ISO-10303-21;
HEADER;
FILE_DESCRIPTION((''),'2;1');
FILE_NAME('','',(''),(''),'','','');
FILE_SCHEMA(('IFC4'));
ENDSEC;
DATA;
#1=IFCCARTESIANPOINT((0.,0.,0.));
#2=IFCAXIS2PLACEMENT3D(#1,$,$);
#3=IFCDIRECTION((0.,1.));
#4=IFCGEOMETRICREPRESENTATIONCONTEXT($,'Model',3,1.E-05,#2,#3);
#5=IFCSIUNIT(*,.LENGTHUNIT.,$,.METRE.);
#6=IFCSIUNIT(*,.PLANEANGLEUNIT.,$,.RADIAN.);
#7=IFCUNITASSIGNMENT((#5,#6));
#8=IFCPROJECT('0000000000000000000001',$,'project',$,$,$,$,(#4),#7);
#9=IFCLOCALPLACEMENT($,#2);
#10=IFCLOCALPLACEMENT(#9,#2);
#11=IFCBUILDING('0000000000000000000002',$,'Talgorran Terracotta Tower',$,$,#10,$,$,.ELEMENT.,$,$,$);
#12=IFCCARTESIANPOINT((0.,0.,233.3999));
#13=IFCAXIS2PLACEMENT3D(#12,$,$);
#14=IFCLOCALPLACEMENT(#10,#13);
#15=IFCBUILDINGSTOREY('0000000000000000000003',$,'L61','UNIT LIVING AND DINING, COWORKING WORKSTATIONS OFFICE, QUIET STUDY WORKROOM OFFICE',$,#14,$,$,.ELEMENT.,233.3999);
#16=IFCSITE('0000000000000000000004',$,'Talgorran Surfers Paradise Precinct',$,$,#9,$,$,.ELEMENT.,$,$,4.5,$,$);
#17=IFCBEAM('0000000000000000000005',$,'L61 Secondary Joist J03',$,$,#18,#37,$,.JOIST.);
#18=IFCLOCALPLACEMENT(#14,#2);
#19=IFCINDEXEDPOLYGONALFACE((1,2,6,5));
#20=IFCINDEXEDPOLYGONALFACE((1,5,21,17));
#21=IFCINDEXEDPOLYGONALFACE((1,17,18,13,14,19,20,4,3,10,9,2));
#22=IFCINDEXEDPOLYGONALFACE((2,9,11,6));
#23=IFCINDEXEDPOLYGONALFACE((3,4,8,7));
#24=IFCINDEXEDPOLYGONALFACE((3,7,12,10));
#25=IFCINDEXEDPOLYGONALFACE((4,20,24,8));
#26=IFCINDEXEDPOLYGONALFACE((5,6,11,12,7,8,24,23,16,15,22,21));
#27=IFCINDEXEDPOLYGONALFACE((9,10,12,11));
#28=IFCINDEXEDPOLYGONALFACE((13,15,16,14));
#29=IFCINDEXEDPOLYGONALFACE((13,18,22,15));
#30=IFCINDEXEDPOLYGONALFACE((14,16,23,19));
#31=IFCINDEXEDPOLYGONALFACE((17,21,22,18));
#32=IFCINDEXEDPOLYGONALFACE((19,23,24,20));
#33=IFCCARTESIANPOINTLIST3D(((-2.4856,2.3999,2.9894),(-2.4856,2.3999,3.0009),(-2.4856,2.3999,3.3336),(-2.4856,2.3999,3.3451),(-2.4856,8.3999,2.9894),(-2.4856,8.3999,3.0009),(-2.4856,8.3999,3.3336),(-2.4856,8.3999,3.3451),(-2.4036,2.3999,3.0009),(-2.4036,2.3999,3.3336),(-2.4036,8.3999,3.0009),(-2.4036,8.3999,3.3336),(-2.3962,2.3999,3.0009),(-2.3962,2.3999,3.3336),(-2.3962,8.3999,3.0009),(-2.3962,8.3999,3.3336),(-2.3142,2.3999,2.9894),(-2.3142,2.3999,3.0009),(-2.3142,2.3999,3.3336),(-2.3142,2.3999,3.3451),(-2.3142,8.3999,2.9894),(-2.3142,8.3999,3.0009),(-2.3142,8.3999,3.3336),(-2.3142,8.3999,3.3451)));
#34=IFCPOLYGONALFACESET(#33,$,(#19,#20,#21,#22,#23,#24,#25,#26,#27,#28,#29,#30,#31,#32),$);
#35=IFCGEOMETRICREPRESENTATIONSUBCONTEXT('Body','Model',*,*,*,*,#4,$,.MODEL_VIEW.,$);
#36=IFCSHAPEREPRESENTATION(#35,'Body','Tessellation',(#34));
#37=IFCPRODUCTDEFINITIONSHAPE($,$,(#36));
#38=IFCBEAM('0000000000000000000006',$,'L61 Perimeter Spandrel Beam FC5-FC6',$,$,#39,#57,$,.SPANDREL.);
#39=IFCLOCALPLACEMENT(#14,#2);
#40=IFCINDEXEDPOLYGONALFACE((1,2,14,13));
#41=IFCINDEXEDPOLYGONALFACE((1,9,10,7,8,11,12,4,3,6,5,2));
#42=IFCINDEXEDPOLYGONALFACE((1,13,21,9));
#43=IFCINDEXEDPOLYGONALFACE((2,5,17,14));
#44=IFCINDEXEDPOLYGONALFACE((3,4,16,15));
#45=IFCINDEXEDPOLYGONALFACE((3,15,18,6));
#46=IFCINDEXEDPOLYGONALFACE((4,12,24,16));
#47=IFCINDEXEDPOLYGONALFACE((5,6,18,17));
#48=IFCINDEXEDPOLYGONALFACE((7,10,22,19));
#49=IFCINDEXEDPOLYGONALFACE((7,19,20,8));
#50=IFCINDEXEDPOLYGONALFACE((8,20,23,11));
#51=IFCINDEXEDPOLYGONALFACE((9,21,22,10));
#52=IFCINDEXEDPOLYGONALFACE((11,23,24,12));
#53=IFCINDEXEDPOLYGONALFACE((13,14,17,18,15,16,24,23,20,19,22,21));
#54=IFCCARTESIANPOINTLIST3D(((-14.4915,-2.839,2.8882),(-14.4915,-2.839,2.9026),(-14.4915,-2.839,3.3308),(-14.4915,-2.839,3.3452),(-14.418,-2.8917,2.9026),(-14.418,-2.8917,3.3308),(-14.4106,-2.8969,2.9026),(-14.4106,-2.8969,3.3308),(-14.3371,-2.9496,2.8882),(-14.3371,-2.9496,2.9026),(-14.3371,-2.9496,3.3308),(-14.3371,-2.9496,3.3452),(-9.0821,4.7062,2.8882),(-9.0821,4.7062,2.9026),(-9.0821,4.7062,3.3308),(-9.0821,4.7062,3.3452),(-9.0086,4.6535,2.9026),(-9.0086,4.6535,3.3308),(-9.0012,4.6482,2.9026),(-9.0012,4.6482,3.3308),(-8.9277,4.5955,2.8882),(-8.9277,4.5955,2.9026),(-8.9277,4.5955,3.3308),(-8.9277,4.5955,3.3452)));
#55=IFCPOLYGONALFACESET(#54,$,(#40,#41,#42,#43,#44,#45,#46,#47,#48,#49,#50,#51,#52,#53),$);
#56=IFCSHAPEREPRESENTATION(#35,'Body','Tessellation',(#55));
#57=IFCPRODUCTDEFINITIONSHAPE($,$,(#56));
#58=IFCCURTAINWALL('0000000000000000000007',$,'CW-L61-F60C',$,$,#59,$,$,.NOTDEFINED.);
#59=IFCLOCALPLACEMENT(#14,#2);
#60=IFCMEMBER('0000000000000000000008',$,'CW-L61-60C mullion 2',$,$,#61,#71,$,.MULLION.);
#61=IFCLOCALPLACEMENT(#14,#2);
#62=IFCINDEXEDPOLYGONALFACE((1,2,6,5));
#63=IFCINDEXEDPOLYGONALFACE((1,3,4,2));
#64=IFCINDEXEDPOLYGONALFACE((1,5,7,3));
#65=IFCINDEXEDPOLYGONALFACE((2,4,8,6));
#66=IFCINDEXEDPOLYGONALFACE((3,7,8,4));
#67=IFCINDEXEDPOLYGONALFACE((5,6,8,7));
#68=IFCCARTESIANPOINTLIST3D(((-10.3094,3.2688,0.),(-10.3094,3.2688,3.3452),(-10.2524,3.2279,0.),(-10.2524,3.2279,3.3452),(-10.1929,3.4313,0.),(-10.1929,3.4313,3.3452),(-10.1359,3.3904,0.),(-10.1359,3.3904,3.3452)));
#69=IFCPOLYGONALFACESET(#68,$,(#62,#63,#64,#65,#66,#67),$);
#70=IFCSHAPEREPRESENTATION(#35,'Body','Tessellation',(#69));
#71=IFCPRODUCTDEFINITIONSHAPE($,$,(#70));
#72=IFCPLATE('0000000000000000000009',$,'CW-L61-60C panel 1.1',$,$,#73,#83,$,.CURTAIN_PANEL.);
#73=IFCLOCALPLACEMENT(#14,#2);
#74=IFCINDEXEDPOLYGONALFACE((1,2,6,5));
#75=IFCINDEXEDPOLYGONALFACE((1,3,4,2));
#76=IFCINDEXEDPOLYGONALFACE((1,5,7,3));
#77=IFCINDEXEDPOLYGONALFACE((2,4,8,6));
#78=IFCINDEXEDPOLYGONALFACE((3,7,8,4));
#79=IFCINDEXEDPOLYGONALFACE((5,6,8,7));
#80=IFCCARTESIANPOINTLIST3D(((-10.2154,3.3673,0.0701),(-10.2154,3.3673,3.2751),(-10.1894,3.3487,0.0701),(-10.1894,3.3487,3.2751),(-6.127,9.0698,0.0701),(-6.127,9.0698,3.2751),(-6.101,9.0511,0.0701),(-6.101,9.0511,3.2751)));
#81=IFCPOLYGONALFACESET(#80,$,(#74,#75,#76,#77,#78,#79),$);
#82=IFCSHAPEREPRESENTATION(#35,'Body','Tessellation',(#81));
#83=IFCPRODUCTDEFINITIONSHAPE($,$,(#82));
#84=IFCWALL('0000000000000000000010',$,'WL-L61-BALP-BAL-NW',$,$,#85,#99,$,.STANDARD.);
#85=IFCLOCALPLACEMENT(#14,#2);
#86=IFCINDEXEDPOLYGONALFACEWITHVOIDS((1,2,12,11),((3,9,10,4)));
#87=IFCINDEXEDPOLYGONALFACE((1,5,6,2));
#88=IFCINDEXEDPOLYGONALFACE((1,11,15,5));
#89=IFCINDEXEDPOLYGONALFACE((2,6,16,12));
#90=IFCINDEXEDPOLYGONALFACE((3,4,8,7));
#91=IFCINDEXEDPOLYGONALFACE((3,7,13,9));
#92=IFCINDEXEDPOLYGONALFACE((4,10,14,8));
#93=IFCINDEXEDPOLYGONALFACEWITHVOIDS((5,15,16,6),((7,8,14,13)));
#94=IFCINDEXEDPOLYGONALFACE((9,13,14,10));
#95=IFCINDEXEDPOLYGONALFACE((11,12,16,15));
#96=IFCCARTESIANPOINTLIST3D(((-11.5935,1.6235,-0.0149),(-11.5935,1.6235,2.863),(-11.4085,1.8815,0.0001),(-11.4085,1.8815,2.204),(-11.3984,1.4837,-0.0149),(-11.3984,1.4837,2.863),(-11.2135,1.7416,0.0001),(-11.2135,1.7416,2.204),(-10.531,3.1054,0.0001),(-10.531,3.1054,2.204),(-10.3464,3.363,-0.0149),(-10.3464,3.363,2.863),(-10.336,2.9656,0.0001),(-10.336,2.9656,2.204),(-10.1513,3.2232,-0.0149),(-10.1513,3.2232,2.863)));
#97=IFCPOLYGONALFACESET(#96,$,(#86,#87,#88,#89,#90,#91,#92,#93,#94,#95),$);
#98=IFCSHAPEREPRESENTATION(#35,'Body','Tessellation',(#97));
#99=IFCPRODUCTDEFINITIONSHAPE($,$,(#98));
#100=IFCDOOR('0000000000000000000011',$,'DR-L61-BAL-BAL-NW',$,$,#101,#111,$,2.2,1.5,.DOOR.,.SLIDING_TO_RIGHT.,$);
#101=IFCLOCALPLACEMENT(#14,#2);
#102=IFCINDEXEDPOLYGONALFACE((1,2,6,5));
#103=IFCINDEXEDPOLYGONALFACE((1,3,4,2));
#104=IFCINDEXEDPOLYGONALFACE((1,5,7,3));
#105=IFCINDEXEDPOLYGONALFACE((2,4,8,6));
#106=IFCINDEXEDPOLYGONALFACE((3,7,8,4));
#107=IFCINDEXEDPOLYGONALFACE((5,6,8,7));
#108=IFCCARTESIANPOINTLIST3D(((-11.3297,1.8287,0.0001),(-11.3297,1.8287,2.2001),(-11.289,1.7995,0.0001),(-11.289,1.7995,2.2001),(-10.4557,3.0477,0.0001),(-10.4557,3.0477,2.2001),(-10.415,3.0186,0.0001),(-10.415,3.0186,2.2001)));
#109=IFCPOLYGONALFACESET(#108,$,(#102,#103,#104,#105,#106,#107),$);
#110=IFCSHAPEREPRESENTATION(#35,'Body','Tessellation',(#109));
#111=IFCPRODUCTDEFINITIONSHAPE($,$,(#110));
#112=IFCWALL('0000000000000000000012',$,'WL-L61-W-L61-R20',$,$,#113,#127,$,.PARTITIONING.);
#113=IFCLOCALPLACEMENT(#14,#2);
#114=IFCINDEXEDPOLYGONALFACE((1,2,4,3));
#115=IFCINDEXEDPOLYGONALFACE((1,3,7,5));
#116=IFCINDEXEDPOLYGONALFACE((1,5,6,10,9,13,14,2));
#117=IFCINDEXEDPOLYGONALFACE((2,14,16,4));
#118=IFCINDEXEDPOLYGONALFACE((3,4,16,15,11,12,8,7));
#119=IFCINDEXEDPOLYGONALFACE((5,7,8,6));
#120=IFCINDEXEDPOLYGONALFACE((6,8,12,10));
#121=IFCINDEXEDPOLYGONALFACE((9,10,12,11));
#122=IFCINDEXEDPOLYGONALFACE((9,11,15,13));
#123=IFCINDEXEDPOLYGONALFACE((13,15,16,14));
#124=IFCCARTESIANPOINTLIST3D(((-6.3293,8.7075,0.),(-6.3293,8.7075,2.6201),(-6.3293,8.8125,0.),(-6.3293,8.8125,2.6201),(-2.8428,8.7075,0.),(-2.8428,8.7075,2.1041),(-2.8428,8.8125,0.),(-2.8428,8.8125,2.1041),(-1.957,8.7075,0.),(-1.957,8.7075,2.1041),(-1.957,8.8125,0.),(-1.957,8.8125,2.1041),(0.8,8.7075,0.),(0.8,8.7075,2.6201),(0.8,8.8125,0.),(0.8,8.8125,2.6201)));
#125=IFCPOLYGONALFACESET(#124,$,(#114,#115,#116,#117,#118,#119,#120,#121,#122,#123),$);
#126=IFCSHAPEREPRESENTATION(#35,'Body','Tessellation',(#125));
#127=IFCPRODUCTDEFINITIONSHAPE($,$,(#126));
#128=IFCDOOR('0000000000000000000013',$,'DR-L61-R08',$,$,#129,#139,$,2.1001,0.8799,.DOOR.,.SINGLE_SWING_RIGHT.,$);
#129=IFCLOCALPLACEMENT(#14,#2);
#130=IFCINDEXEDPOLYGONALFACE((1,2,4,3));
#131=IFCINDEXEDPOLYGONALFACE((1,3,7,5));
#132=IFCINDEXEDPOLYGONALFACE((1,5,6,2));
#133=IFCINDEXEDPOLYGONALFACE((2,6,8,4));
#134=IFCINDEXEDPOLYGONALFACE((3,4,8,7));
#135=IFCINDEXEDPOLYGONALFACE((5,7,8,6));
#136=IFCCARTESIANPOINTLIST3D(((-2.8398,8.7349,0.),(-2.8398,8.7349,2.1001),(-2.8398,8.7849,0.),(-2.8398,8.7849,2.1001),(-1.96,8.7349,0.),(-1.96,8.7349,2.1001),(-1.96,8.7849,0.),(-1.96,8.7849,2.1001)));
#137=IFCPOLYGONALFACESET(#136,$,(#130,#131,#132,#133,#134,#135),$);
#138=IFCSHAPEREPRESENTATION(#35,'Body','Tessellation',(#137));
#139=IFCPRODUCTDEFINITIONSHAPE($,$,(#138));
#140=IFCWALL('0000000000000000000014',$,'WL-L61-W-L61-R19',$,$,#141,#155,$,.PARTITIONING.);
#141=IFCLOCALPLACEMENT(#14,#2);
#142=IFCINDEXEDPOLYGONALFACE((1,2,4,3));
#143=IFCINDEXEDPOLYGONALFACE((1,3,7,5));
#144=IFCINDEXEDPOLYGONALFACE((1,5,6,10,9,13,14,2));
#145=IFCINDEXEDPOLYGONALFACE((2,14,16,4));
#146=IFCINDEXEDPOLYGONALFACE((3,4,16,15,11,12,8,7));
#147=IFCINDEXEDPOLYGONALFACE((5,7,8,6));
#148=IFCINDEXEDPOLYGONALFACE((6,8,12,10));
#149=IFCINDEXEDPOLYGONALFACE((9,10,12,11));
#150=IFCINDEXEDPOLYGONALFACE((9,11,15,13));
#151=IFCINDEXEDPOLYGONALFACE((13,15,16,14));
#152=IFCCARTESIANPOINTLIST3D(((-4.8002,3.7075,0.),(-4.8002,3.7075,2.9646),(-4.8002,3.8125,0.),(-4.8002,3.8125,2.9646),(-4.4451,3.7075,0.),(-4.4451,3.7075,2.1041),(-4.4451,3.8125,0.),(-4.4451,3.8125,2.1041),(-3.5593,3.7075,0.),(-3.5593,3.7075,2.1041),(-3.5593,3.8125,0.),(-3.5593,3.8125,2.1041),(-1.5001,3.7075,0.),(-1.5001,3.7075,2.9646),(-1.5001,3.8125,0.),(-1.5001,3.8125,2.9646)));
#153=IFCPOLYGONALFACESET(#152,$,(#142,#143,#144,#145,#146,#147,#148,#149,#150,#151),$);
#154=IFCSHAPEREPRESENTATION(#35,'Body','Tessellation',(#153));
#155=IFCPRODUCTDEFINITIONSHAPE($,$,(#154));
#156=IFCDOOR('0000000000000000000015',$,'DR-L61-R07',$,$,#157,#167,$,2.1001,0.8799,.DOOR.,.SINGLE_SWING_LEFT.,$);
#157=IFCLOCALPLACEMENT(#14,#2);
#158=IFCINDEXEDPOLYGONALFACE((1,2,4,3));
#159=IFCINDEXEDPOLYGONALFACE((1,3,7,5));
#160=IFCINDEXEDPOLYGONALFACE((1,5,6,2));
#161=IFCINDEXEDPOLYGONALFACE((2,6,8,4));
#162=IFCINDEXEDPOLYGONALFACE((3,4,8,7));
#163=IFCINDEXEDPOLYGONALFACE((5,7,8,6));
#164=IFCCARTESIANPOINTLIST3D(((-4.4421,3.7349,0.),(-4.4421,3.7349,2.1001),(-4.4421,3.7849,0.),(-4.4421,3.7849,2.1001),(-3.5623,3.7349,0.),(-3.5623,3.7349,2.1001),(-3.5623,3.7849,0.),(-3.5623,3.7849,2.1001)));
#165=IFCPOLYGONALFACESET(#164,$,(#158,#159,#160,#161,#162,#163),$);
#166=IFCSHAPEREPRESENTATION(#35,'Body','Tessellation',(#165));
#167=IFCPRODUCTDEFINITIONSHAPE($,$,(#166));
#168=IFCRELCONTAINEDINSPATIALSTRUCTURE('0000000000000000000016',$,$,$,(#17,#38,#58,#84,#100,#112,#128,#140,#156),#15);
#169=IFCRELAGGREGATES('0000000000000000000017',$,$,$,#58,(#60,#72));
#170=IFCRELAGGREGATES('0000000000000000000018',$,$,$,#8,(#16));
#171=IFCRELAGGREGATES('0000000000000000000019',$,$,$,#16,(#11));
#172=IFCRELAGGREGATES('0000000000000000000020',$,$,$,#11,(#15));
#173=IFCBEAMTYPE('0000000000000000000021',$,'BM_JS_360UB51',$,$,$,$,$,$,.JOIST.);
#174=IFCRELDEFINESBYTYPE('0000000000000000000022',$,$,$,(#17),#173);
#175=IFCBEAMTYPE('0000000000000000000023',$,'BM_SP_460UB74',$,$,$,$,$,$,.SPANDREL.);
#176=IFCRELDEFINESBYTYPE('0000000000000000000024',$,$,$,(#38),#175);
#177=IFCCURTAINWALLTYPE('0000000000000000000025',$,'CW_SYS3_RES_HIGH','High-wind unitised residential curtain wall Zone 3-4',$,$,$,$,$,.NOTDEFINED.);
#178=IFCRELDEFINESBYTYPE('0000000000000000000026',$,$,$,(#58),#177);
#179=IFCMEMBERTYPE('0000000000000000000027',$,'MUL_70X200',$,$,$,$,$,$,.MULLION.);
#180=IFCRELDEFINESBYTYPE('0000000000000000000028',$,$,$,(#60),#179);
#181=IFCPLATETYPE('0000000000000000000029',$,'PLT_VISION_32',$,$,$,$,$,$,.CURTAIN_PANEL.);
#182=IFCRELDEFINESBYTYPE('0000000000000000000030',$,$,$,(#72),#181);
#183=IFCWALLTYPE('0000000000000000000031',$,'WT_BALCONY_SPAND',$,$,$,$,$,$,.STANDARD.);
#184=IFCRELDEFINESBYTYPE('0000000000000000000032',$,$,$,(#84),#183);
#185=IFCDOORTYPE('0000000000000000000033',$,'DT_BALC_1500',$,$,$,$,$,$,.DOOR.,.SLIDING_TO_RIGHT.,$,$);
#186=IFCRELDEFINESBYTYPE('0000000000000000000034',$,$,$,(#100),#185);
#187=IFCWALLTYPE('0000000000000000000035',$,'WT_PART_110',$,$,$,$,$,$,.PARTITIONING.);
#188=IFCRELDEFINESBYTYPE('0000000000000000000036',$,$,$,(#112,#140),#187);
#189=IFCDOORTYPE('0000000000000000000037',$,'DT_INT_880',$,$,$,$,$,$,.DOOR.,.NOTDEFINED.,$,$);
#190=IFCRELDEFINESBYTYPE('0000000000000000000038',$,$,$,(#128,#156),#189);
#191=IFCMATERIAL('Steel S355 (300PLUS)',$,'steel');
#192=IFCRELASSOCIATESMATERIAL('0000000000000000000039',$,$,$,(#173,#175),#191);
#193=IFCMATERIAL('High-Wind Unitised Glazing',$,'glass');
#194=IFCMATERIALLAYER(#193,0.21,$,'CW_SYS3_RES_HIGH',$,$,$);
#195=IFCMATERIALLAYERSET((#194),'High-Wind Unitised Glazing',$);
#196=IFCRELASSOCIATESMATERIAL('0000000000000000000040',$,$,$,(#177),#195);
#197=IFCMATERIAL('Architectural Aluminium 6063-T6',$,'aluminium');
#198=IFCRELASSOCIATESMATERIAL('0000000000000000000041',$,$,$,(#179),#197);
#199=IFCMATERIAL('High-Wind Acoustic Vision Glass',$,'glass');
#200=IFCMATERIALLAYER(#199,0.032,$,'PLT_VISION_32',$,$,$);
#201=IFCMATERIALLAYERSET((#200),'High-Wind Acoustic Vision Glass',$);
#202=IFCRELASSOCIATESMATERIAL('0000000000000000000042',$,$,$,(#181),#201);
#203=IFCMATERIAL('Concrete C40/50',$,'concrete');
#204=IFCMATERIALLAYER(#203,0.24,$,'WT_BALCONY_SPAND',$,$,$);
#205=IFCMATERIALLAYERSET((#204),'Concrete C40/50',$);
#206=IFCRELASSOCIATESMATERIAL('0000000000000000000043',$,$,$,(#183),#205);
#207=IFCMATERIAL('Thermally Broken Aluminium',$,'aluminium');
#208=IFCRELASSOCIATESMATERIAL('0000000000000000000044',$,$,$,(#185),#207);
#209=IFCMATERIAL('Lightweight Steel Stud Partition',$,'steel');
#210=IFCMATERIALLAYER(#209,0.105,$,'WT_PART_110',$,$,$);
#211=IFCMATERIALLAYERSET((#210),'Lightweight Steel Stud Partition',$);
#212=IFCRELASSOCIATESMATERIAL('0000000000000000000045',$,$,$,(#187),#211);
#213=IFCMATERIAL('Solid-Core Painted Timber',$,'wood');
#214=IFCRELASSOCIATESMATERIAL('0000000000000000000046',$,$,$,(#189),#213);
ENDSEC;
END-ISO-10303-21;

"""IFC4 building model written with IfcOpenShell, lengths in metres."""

from ifc_helpers import new_model, si_unit, direction, frame, frame_2d, origin, origin_2d, place, context, subcontext, project, spatial, rectangle, i_section, extrude, source, transform, mapped, material, layer, layer_set, material_profile, profile_set, type_object, type_shapes, element, fill, aggregate, save


model = new_model("IFC4")

# Units and contexts
model_context = context("Model", 3, precision=1e-05, world=origin(), true_north=direction((0.0, 1.0)))
body_context = subcontext(model_context, "Body", "Model", "MODEL_VIEW")
ifc_project = project(units=[si_unit("LENGTHUNIT", "METRE"), si_unit("PLANEANGLEUNIT", "RADIAN")], contexts=[model_context])

# Site, building, storey
site_placement = place(None, origin())
site = spatial("IfcSite", under=ifc_project, at=site_placement, Name="Talgorran Surfers Paradise Precinct", CompositionType="ELEMENT", RefElevation=4.5)
building_placement = place(site_placement, origin())
building = spatial("IfcBuilding", under=site, at=building_placement, Name="Talgorran Terracotta Tower", CompositionType="ELEMENT")
storey_placement = place(building_placement, frame((0.0, 0.0, 233.3999)))
storey = spatial("IfcBuildingStorey", under=building, at=storey_placement, Name="L61", Description="UNIT LIVING AND DINING, COWORKING WORKSTATIONS OFFICE, QUIET STUDY WORKROOM OFFICE", CompositionType="ELEMENT", Elevation=233.3999)

# Shared definitions
ifc_material_1 = material(Name="Steel S355 (300PLUS)", Category="steel")

# Beams
ifc_material_profile_1 = material_profile(ifc_material_1, i_section(OverallWidth=0.1714, OverallDepth=0.3557, WebThickness=0.0073, FlangeThickness=0.0115, at=origin_2d()), Name="360UB50.7")
ifc_profile_set_1 = profile_set([ifc_material_profile_1], Name="Steel S355 (300PLUS)")
beam_type_1 = type_object("IfcBeamType", Name="BM_JS_360UB51", PredefinedType="JOIST", material=ifc_profile_set_1)
beam_1_placement = place(storey_placement, frame((-2.3999, 2.3999, 3.1672), z_axis=(0.0, 1.0, 0.0), x_axis=(-1.0, 0.0, 0.0)))
element("IfcBeam", 1, at=beam_1_placement, inside=storey, type_object=beam_type_1, Name="L61 Secondary Joist J03", PredefinedType="JOIST", context=body_context, shape_type="SweptSolid", body=[
    extrude(i_section(OverallWidth=0.1714, OverallDepth=0.3557, WebThickness=0.0073, FlangeThickness=0.0115, at=origin_2d()), origin(), (0.0, 0.0, 1.0), 6.0),
])
ifc_material_profile_2 = material_profile(ifc_material_1, i_section(OverallWidth=0.1899, OverallDepth=0.457, WebThickness=0.009, FlangeThickness=0.0144, at=origin_2d()), Name="460UB74.6")
ifc_profile_set_2 = profile_set([ifc_material_profile_2], Name="Steel S355 (300PLUS)")
beam_type_2 = type_object("IfcBeamType", Name="BM_SP_460UB74", PredefinedType="SPANDREL", material=ifc_profile_set_2)
beam_2_placement = place(storey_placement, frame((-9.0049, 4.6509, 3.1167), z_axis=(-0.582665, -0.812712, 0.0), x_axis=(0.812712, -0.582665, 0.0)))
element("IfcBeam", 2, at=beam_2_placement, inside=storey, type_object=beam_type_2, Name="L61 Perimeter Spandrel Beam FC5-FC6", PredefinedType="SPANDREL", context=body_context, shape_type="SweptSolid", body=[
    extrude(i_section(OverallWidth=0.1899, OverallDepth=0.457, WebThickness=0.009, FlangeThickness=0.0144, at=origin_2d()), origin(), (0.0, 0.0, 1.0), 9.2839),
])

# Curtain wall, member, plate
ifc_material_2 = material(Name="High-Wind Unitised Glazing", Category="glass")
ifc_layer_1 = layer(ifc_material_2, 0.21, Name="CW_SYS3_RES_HIGH")
ifc_layer_set_1 = layer_set([ifc_layer_1], Name="High-Wind Unitised Glazing")
curtain_wall_type = type_object("IfcCurtainWallType", Name="CW_SYS3_RES_HIGH", Description="High-wind unitised residential curtain wall Zone 3-4", PredefinedType="NOTDEFINED", material=ifc_layer_set_1)
curtain_wall_placement = place(storey_placement, origin())
curtain_wall = element("IfcCurtainWall", 3, at=curtain_wall_placement, inside=storey, type_object=curtain_wall_type, Name="CW-L61-F60C", PredefinedType="NOTDEFINED")
ifc_material_3 = material(Name="Architectural Aluminium 6063-T6", Category="aluminium")
ifc_material_profile_3 = material_profile(ifc_material_3, rectangle(XDim=0.0701, YDim=0.2, at=origin_2d()), Name="CWM70X200")
ifc_profile_set_3 = profile_set([ifc_material_profile_3], Name="Architectural Aluminium 6063-T6")
member_type = type_object("IfcMemberType", Name="MUL_70X200", PredefinedType="MULLION", material=ifc_profile_set_3)
member_placement = place(storey_placement, frame((-10.2227, 3.3296, 0.0), z_axis=(0.0, 0.0, 1.0), x_axis=(0.81271, -0.582669, 0.0)))
member = element("IfcMember", 4, at=member_placement, type_object=member_type, Name="CW-L61-60C mullion 2", PredefinedType="MULLION", context=body_context, shape_type="SweptSolid", body=[
    extrude(rectangle(XDim=0.0701, YDim=0.2, at=origin_2d()), origin(), (0.0, 0.0, 1.0), 3.3452),
])
ifc_material_4 = material(Name="High-Wind Acoustic Vision Glass", Category="glass")
ifc_layer_2 = layer(ifc_material_4, 0.032, Name="PLT_VISION_32")
ifc_layer_set_2 = layer_set([ifc_layer_2], Name="High-Wind Acoustic Vision Glass")
plate_type = type_object("IfcPlateType", Name="PLT_VISION_32", PredefinedType="CURTAIN_PANEL", material=ifc_layer_set_2)
shared_shape = source(origin(), body_context, "Body", "SweptSolid", [
    extrude(rectangle(XDim=7.0166, YDim=0.032, at=origin_2d()), origin(), (0.0, 0.0, 1.0), 3.2051),
])
type_shapes(plate_type, [shared_shape])
plate_placement = place(storey_placement, frame((-8.1582, 6.2092, 0.0701), z_axis=(0.0, 0.0, 1.0), x_axis=(-0.582669, -0.81271, 0.0)))
plate = element("IfcPlate", 5, at=plate_placement, type_object=plate_type, Name="CW-L61-60C panel 1.1", PredefinedType="CURTAIN_PANEL", context=body_context, shape_type="MappedRepresentation", body=[
    mapped(shared_shape, transform((0.0, 0.0, 0.0), scale=1.0)),
])
aggregate(curtain_wall, [member, plate])

# Walls, openings, doors
ifc_material_5 = material(Name="Concrete C40/50", Category="concrete")
ifc_layer_3 = layer(ifc_material_5, 0.24, Name="WT_BALCONY_SPAND")
ifc_layer_set_3 = layer_set([ifc_layer_3], Name="Concrete C40/50")
wall_type_1 = type_object("IfcWallType", Name="WT_BALCONY_SPAND", PredefinedType="STANDARD", material=ifc_layer_set_3)
wall_1_placement = place(storey_placement, frame((-10.2488, 3.2932, -0.0149), z_axis=(0.0, 0.0, 1.0), x_axis=(-0.582651, -0.812723, 0.0)))
wall_1 = element("IfcWall", 6, at=wall_1_placement, inside=storey, type_object=wall_type_1, Name="WL-L61-BALP-BAL-NW", PredefinedType="STANDARD", context=body_context, shape_type="SweptSolid", body=[
    extrude(rectangle(XDim=2.1404, YDim=0.24, at=frame_2d((1.0703, 0.0))), origin(), (0.0, 0.0, 1.0), 2.8779),
])
opening_1_placement = place(wall_1_placement, frame((0.3201, 0.0, 0.0149)))
opening_1 = element("IfcOpeningElement", 7, at=opening_1_placement, cuts=wall_1, PredefinedType="OPENING", context=body_context, shape_type="SweptSolid", body=[
    extrude(rectangle(XDim=1.506, YDim=2.204, at=frame_2d((0.75, 1.1021))), frame((0.0, 0.1299, 0.0), z_axis=(0.0, -1.0, 0.0), x_axis=(1.0, 0.0, 0.0)), (0.0, 0.0, 1.0), 0.26),
])
ifc_material_6 = material(Name="Thermally Broken Aluminium", Category="aluminium")
door_type_1 = type_object("IfcDoorType", Name="DT_BALC_1500", OperationType="SLIDING_TO_RIGHT", PredefinedType="DOOR", material=ifc_material_6)
door_1_placement = place(opening_1_placement, origin())
door_1 = element("IfcDoor", 8, at=door_1_placement, inside=storey, type_object=door_type_1, Name="DR-L61-BAL-BAL-NW", OperationType="SLIDING_TO_RIGHT", OverallHeight=2.2, OverallWidth=1.5, PredefinedType="DOOR", context=body_context, shape_type="SweptSolid", body=[
    extrude(rectangle(XDim=1.5, YDim=2.2, at=frame_2d((0.75, 1.1001))), frame((0.0, 0.0249, 0.0), z_axis=(0.0, -1.0, 0.0), x_axis=(1.0, 0.0, 0.0)), (0.0, 0.0, 1.0), 0.05),
])
fill(opening_1, door_1)
ifc_material_7 = material(Name="Lightweight Steel Stud Partition", Category="steel")
ifc_layer_4 = layer(ifc_material_7, 0.105, Name="WT_PART_110")
ifc_layer_set_4 = layer_set([ifc_layer_4], Name="Lightweight Steel Stud Partition")
wall_type_2 = type_object("IfcWallType", Name="WT_PART_110", PredefinedType="PARTITIONING", material=ifc_layer_set_4)
wall_2_placement = place(storey_placement, frame((-6.3293, 8.76, 0.0), z_axis=(0.0, 0.0, 1.0), x_axis=(1.0, 0.0, 0.0)))
wall_2 = element("IfcWall", 9, at=wall_2_placement, inside=storey, type_object=wall_type_2, Name="WL-L61-W-L61-R20", PredefinedType="PARTITIONING", context=body_context, shape_type="SweptSolid", body=[
    extrude(rectangle(XDim=7.1294, YDim=0.105, at=frame_2d((3.5647, 0.0))), origin(), (0.0, 0.0, 1.0), 2.6201),
])
opening_2_placement = place(wall_2_placement, frame((3.4895, 0.0, 0.0)))
opening_2 = element("IfcOpeningElement", 10, at=opening_2_placement, cuts=wall_2, PredefinedType="OPENING", context=body_context, shape_type="SweptSolid", body=[
    extrude(rectangle(XDim=0.8859, YDim=2.1041, at=frame_2d((0.4399, 1.052))), frame((0.0, 0.0625, 0.0), z_axis=(0.0, -1.0, 0.0), x_axis=(1.0, 0.0, 0.0)), (0.0, 0.0, 1.0), 0.125),
])
ifc_material_8 = material(Name="Solid-Core Painted Timber", Category="wood")
door_type_2 = type_object("IfcDoorType", Name="DT_INT_880", OperationType="NOTDEFINED", PredefinedType="DOOR", material=ifc_material_8)
door_2_placement = place(opening_2_placement, origin())
door_2 = element("IfcDoor", 11, at=door_2_placement, inside=storey, type_object=door_type_2, Name="DR-L61-R08", OperationType="SINGLE_SWING_RIGHT", OverallHeight=2.1001, OverallWidth=0.8799, PredefinedType="DOOR", context=body_context, shape_type="SweptSolid", body=[
    extrude(rectangle(XDim=0.8799, YDim=2.1001, at=frame_2d((0.4399, 1.05))), frame((0.0, 0.0249, 0.0), z_axis=(0.0, -1.0, 0.0), x_axis=(1.0, 0.0, 0.0)), (0.0, 0.0, 1.0), 0.05),
])
fill(opening_2, door_2)
wall_3_placement = place(storey_placement, frame((-4.8, 3.76, 0.0), z_axis=(0.0, 0.0, 1.0), x_axis=(1.0, 0.0, 0.0)))
wall_3 = element("IfcWall", 12, at=wall_3_placement, inside=storey, type_object=wall_type_2, Name="WL-L61-W-L61-R19", PredefinedType="PARTITIONING", context=body_context, shape_type="SweptSolid", body=[
    extrude(rectangle(XDim=3.3, YDim=0.105, at=frame_2d((1.6499, 0.0))), origin(), (0.0, 0.0, 1.0), 2.9646),
])
opening_3_placement = place(wall_3_placement, frame((0.3579, 0.0, 0.0)))
opening_3 = element("IfcOpeningElement", 13, at=opening_3_placement, cuts=wall_3, PredefinedType="OPENING", context=body_context, shape_type="SweptSolid", body=[
    extrude(rectangle(XDim=0.8859, YDim=2.1041, at=frame_2d((0.4399, 1.052))), frame((0.0, 0.0625, 0.0), z_axis=(0.0, -1.0, 0.0), x_axis=(1.0, 0.0, 0.0)), (0.0, 0.0, 1.0), 0.125),
])
door_3_placement = place(opening_3_placement, origin())
door_3 = element("IfcDoor", 14, at=door_3_placement, inside=storey, type_object=door_type_2, Name="DR-L61-R07", OperationType="SINGLE_SWING_LEFT", OverallHeight=2.1001, OverallWidth=0.8799, PredefinedType="DOOR", context=body_context, shape_type="SweptSolid", body=[
    extrude(rectangle(XDim=0.8799, YDim=2.1001, at=frame_2d((0.4399, 1.05))), frame((0.0, 0.0249, 0.0), z_axis=(0.0, -1.0, 0.0), x_axis=(1.0, 0.0, 0.0)), (0.0, 0.0, 1.0), 0.05),
])
fill(opening_3, door_3)

save(model, "model.ifc")
